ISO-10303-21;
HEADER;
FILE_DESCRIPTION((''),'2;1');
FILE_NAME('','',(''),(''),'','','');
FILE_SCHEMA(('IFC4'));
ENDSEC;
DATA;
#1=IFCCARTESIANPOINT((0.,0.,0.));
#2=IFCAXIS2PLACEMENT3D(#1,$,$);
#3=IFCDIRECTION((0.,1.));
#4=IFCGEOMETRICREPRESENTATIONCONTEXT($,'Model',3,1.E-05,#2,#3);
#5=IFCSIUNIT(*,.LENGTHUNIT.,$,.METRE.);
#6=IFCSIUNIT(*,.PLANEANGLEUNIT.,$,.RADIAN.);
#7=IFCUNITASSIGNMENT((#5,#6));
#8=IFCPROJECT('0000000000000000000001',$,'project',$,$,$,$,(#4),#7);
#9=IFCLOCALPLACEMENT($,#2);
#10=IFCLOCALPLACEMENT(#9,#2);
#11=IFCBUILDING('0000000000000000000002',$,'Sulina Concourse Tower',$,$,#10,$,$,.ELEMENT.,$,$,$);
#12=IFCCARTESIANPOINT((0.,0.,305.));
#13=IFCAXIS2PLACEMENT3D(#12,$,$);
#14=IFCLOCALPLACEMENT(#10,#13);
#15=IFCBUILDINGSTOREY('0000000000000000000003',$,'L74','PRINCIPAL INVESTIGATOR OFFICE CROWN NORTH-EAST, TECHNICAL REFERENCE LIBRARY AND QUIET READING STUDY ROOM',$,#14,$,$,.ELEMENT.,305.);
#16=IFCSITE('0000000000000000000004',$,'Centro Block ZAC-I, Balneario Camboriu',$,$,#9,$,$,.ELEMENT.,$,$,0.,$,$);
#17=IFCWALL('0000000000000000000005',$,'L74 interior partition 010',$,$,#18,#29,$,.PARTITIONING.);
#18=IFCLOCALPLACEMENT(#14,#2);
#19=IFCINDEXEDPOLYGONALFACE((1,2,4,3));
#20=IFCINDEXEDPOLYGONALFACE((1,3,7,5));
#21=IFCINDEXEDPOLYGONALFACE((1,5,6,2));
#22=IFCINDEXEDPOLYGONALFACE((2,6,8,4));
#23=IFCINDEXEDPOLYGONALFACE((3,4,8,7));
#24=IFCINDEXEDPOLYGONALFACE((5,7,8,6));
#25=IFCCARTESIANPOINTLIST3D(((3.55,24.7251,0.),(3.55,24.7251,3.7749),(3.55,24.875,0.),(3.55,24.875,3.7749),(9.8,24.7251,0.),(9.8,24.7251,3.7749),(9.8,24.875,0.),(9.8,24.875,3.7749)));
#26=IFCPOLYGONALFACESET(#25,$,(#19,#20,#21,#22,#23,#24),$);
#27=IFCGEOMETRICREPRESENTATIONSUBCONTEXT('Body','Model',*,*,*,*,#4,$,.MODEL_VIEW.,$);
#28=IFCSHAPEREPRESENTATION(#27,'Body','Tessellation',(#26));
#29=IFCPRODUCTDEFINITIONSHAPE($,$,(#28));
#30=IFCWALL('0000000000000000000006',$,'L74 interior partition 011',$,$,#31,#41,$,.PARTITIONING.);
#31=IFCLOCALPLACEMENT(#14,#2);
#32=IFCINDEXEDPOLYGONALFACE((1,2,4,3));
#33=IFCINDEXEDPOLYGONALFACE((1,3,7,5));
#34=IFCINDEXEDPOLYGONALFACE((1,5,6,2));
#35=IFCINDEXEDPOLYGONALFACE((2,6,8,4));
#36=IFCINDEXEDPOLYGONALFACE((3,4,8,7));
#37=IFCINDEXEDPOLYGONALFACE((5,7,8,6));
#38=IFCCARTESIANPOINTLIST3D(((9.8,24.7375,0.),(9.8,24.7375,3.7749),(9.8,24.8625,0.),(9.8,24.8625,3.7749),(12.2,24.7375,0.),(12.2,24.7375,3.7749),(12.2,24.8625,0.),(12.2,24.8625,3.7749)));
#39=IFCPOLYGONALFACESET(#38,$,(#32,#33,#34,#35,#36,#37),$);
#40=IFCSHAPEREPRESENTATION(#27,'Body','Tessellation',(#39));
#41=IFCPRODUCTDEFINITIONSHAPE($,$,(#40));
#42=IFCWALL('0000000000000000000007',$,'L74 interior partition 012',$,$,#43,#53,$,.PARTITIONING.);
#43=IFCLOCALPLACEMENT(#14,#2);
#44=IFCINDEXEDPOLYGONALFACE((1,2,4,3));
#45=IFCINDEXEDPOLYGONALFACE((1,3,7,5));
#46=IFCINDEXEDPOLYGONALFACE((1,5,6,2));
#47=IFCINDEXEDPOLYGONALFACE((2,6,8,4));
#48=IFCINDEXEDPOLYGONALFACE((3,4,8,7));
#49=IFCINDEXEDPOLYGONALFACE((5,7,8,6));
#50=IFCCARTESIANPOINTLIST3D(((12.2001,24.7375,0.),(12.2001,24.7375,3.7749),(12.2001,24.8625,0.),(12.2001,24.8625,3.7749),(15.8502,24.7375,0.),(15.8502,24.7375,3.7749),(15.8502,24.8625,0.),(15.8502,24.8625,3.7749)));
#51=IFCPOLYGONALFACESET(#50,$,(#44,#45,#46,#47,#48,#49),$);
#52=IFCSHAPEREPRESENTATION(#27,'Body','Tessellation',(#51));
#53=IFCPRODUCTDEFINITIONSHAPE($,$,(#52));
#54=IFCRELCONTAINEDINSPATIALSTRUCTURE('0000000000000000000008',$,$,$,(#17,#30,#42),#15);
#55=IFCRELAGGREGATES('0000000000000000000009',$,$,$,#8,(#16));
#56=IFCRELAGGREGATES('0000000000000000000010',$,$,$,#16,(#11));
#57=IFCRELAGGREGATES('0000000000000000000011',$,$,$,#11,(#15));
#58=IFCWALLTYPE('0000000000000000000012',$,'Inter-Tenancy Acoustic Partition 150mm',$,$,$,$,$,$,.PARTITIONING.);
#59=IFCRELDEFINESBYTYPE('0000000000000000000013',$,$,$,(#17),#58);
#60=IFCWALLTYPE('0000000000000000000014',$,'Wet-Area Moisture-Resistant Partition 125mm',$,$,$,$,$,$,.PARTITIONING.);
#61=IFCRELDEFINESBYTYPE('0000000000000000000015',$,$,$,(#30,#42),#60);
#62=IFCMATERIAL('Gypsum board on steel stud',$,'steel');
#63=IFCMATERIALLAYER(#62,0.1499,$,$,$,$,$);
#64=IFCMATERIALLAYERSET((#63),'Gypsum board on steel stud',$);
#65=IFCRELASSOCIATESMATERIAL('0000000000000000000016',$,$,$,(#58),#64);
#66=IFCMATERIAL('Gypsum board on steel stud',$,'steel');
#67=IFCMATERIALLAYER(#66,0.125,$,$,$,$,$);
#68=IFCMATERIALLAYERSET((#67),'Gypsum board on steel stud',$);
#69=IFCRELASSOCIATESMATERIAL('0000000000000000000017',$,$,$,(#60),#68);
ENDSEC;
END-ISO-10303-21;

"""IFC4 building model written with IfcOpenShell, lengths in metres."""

from ifc_helpers import new_model, si_unit, direction, frame, frame_2d, origin, place, context, subcontext, project, spatial, rectangle, extrude, material, layer, layer_set, type_object, element, save


model = new_model("IFC4")

# Units and contexts
model_context = context("Model", 3, precision=1e-05, world=origin(), true_north=direction((0.0, 1.0)))
body_context = subcontext(model_context, "Body", "Model", "MODEL_VIEW")
ifc_project = project(units=[si_unit("LENGTHUNIT", "METRE"), si_unit("PLANEANGLEUNIT", "RADIAN")], contexts=[model_context])

# Site, building, storey
site_placement = place(None, origin())
site = spatial("IfcSite", under=ifc_project, at=site_placement, Name="Centro Block ZAC-I, Balneario Camboriu", CompositionType="ELEMENT", RefElevation=0.0)
building_placement = place(site_placement, origin())
building = spatial("IfcBuilding", under=site, at=building_placement, Name="Sulina Concourse Tower", CompositionType="ELEMENT")
storey_placement = place(building_placement, frame((0.0, 0.0, 305.0)))
storey = spatial("IfcBuildingStorey", under=building, at=storey_placement, Name="L74", Description="PRINCIPAL INVESTIGATOR OFFICE CROWN NORTH-EAST, TECHNICAL REFERENCE LIBRARY AND QUIET READING STUDY ROOM", CompositionType="ELEMENT", Elevation=305.0)

# Wall
ifc_material_1 = material(Name="Gypsum board on steel stud", Category="steel")
ifc_layer_1 = layer(ifc_material_1, 0.1499)
ifc_layer_set_1 = layer_set([ifc_layer_1], Name="Gypsum board on steel stud")
wall_type_1 = type_object("IfcWallType", Name="Inter-Tenancy Acoustic Partition 150mm", PredefinedType="PARTITIONING", material=ifc_layer_set_1)
wall_1_placement = place(storey_placement, frame((3.55, 24.8, 0.0), z_axis=(0.0, 0.0, 1.0), x_axis=(1.0, 0.0, 0.0)))
element("IfcWall", 1, at=wall_1_placement, inside=storey, type_object=wall_type_1, Name="L74 interior partition 010", PredefinedType="PARTITIONING", context=body_context, shape_type="SweptSolid", body=[
    extrude(rectangle(XDim=6.25, YDim=0.1499, at=frame_2d((3.125, 0.0))), origin(), (0.0, 0.0, 1.0), 3.7749),
])

# Walls
ifc_material_2 = material(Name="Gypsum board on steel stud", Category="steel")
ifc_layer_2 = layer(ifc_material_2, 0.125)
ifc_layer_set_2 = layer_set([ifc_layer_2], Name="Gypsum board on steel stud")
wall_type_2 = type_object("IfcWallType", Name="Wet-Area Moisture-Resistant Partition 125mm", PredefinedType="PARTITIONING", material=ifc_layer_set_2)
wall_2_placement = place(storey_placement, frame((9.8, 24.8, 0.0), z_axis=(0.0, 0.0, 1.0), x_axis=(1.0, 0.0, 0.0)))
element("IfcWall", 2, at=wall_2_placement, inside=storey, type_object=wall_type_2, Name="L74 interior partition 011", PredefinedType="PARTITIONING", context=body_context, shape_type="SweptSolid", body=[
    extrude(rectangle(XDim=2.3999, YDim=0.125, at=frame_2d((1.2, 0.0))), origin(), (0.0, 0.0, 1.0), 3.7749),
])
wall_3_placement = place(storey_placement, frame((12.2, 24.8, 0.0), z_axis=(0.0, 0.0, 1.0), x_axis=(1.0, 0.0, 0.0)))
element("IfcWall", 3, at=wall_3_placement, inside=storey, type_object=wall_type_2, Name="L74 interior partition 012", PredefinedType="PARTITIONING", context=body_context, shape_type="SweptSolid", body=[
    extrude(rectangle(XDim=3.6501, YDim=0.125, at=frame_2d((1.8252, 0.0))), origin(), (0.0, 0.0, 1.0), 3.7749),
])

save(model, "model.ifc")
